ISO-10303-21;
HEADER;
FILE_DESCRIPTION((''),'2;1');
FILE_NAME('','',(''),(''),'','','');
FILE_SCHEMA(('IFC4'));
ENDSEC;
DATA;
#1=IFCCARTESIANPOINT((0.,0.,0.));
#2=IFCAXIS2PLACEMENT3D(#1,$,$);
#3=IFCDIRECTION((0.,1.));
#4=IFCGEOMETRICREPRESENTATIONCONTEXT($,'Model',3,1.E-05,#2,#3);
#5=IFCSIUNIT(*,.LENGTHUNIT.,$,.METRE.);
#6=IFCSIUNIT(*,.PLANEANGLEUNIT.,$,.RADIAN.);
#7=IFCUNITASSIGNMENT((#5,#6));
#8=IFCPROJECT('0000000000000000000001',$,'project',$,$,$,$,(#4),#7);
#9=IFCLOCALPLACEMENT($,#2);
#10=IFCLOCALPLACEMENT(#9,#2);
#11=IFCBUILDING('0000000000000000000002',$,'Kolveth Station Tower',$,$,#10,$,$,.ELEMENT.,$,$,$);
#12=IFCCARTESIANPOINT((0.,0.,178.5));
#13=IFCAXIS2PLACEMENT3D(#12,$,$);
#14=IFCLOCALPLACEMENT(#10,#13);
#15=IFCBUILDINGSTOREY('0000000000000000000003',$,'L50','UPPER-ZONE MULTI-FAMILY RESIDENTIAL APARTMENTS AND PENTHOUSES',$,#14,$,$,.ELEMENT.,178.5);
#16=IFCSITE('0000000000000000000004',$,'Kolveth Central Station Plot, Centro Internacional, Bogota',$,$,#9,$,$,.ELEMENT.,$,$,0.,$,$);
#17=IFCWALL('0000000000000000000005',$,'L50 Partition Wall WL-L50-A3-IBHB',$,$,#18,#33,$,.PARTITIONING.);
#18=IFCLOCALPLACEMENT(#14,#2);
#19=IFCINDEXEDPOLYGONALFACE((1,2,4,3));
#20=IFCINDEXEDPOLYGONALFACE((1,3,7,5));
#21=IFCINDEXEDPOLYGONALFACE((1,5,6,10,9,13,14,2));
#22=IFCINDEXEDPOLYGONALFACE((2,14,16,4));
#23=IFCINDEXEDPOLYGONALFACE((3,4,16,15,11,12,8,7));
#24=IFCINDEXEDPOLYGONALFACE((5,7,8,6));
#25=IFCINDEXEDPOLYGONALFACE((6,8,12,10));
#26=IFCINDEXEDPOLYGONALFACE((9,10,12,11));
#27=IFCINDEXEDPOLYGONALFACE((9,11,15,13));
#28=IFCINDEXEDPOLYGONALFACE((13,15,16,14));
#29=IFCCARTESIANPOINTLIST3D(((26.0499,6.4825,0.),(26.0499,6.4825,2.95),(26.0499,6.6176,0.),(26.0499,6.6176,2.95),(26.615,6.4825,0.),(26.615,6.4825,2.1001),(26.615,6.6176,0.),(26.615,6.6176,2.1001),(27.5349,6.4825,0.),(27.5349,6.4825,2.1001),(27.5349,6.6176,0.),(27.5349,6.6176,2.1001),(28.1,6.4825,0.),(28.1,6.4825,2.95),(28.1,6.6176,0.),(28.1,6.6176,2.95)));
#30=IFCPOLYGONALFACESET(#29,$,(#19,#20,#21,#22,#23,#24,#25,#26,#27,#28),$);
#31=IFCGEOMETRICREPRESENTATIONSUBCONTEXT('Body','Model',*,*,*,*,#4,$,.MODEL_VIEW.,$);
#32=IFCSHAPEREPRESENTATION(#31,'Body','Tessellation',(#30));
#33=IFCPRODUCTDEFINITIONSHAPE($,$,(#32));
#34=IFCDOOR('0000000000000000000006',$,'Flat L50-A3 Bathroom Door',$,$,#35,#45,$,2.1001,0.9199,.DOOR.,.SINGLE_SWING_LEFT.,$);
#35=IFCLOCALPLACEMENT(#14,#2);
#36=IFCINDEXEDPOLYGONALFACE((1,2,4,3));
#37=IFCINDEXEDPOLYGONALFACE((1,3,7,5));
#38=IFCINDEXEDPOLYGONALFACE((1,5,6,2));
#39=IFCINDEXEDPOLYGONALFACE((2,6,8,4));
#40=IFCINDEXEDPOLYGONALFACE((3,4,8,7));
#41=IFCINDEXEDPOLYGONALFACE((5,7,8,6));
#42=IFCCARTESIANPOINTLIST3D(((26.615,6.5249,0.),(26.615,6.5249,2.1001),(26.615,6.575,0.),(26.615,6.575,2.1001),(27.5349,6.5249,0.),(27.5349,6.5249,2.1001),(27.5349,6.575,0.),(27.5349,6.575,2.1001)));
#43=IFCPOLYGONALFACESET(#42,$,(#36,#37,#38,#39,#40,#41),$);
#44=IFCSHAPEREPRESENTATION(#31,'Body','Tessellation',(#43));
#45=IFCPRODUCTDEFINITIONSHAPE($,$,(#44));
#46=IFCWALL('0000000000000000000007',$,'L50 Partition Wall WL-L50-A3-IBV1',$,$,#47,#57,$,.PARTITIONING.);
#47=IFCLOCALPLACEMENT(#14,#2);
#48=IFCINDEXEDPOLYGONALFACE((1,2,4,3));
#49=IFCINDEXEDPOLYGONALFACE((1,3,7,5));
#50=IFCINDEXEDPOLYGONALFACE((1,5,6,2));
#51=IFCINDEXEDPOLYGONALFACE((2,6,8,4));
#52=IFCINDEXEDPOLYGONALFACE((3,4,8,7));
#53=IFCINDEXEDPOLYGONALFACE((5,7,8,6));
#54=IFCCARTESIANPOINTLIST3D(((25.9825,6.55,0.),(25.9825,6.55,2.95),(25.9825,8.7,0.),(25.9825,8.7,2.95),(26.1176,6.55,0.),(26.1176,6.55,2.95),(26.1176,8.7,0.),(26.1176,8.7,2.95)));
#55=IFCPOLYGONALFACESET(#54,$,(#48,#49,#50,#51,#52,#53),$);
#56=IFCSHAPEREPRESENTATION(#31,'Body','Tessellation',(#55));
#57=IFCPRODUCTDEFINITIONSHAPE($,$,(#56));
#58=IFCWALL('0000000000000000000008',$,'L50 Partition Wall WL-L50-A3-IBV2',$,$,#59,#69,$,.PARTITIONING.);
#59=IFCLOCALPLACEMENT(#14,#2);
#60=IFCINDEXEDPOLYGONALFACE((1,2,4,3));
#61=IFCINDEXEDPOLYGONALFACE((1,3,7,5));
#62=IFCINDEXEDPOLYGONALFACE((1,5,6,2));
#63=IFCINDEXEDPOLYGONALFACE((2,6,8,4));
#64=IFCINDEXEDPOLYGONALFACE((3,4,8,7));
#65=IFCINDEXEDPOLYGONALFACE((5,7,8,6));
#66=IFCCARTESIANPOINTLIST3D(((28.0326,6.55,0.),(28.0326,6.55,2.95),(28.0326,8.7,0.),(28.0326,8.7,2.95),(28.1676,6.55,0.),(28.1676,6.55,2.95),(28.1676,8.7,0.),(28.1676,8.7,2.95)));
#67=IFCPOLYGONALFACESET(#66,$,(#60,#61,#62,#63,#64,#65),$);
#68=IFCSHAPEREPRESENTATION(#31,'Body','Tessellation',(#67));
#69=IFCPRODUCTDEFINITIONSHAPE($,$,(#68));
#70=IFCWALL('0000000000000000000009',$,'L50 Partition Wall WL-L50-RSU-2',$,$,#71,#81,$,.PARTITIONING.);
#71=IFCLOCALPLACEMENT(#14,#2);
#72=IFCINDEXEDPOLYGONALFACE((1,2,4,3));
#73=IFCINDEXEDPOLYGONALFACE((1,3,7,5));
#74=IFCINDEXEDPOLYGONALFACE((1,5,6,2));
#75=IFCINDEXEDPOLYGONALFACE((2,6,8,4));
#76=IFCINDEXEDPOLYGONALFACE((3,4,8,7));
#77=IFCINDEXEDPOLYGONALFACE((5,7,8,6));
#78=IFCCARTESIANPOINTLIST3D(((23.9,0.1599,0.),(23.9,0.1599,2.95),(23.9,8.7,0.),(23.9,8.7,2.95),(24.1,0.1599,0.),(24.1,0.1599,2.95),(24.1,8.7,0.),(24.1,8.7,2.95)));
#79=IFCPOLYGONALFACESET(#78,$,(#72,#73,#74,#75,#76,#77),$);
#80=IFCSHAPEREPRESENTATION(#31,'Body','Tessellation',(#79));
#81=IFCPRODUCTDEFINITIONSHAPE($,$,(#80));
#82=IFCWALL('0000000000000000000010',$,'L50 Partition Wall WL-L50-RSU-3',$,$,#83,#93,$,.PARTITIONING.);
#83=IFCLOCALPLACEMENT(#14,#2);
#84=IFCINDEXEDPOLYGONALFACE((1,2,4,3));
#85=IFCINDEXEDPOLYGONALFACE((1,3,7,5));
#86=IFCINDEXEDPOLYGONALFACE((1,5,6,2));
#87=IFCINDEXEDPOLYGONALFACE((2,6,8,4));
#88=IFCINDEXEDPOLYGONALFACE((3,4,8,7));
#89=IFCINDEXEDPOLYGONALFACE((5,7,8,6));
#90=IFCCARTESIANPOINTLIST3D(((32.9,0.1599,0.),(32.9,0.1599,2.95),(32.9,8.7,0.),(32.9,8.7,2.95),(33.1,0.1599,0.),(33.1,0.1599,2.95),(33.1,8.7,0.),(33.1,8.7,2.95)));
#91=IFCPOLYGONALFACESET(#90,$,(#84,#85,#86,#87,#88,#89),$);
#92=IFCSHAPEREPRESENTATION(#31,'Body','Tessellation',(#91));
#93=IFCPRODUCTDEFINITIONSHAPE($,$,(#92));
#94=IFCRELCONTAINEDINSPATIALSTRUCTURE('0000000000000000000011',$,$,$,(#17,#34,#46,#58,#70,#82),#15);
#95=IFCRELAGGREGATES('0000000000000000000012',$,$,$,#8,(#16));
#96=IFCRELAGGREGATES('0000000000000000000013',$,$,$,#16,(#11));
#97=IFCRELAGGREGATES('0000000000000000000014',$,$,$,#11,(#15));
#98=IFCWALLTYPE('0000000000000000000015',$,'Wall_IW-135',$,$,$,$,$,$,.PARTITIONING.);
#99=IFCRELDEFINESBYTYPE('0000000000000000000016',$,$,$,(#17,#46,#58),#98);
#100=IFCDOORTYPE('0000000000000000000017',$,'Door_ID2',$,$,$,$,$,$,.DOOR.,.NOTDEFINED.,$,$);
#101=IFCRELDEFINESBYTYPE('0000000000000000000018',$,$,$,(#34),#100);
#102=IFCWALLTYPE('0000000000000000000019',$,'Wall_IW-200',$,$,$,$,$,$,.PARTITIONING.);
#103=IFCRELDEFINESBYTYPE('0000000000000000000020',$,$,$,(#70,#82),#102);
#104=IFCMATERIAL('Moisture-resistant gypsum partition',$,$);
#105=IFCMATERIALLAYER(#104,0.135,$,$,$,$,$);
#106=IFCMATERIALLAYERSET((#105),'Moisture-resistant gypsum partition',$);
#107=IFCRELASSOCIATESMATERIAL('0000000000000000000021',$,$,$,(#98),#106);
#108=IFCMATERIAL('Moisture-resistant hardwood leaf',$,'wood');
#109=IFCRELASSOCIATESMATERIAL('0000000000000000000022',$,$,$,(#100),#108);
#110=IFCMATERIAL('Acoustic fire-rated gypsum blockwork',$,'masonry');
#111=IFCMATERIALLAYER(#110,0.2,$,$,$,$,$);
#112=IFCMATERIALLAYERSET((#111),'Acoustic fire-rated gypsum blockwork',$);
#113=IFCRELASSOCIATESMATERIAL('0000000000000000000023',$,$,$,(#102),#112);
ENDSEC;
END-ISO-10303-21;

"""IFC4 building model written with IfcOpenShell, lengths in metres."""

from ifc_helpers import new_model, si_unit, direction, frame, frame_2d, origin, place, context, subcontext, project, spatial, rectangle, extrude, material, layer, layer_set, type_object, element, fill, save


model = new_model("IFC4")

# Units and contexts
model_context = context("Model", 3, precision=1e-05, world=origin(), true_north=direction((0.0, 1.0)))
body_context = subcontext(model_context, "Body", "Model", "MODEL_VIEW")
ifc_project = project(units=[si_unit("LENGTHUNIT", "METRE"), si_unit("PLANEANGLEUNIT", "RADIAN")], contexts=[model_context])

# Site, building, storey
site_placement = place(None, origin())
site = spatial("IfcSite", under=ifc_project, at=site_placement, Name="Kolveth Central Station Plot, Centro Internacional, Bogota", CompositionType="ELEMENT", RefElevation=0.0)
building_placement = place(site_placement, origin())
building = spatial("IfcBuilding", under=site, at=building_placement, Name="Kolveth Station Tower", CompositionType="ELEMENT")
storey_placement = place(building_placement, frame((0.0, 0.0, 178.5)))
storey = spatial("IfcBuildingStorey", under=building, at=storey_placement, Name="L50", Description="UPPER-ZONE MULTI-FAMILY RESIDENTIAL APARTMENTS AND PENTHOUSES", CompositionType="ELEMENT", Elevation=178.5)

# Shared definitions
ifc_material_1 = material(Name="Moisture-resistant gypsum partition")
ifc_layer_1 = layer(ifc_material_1, 0.135)
ifc_layer_set_1 = layer_set([ifc_layer_1], Name="Moisture-resistant gypsum partition")
wall_type_1 = type_object("IfcWallType", Name="Wall_IW-135", PredefinedType="PARTITIONING", material=ifc_layer_set_1)
ifc_material_2 = material(Name="Moisture-resistant hardwood leaf", Category="wood")
door_type_1 = type_object("IfcDoorType", Name="Door_ID2", OperationType="NOTDEFINED", PredefinedType="DOOR", material=ifc_material_2)

# Wall, opening, door
wall_1_placement = place(storey_placement, frame((26.05, 6.55, 0.0), z_axis=(0.0, 0.0, 1.0), x_axis=(1.0, 0.0, 0.0)))
wall_1 = element("IfcWall", 1, at=wall_1_placement, inside=storey, type_object=wall_type_1, Name="L50 Partition Wall WL-L50-A3-IBHB", PredefinedType="PARTITIONING", context=body_context, shape_type="SweptSolid", body=[
    extrude(rectangle(XDim=2.05, YDim=0.135, at=frame_2d((1.0249, 0.0))), origin(), (0.0, 0.0, 1.0), 2.95),
])
opening_1_placement = place(wall_1_placement, frame((0.5649, 0.0, 0.0)))
opening_1 = element("IfcOpeningElement", 2, at=opening_1_placement, cuts=wall_1, PredefinedType="OPENING", context=body_context, shape_type="SweptSolid", body=[
    extrude(rectangle(XDim=0.9199, YDim=2.1001, at=frame_2d((0.46, 1.05))), frame((0.0, 0.0774, 0.0), z_axis=(0.0, -1.0, 0.0), x_axis=(1.0, 0.0, 0.0)), (0.0, 0.0, 1.0), 0.155),
])
door_1_placement = place(opening_1_placement, origin())
door_1 = element("IfcDoor", 3, at=door_1_placement, inside=storey, type_object=door_type_1, Name="Flat L50-A3 Bathroom Door", OperationType="SINGLE_SWING_LEFT", OverallHeight=2.1001, OverallWidth=0.9199, PredefinedType="DOOR", context=body_context, shape_type="SweptSolid", body=[
    extrude(rectangle(XDim=0.9199, YDim=2.1001, at=frame_2d((0.46, 1.05))), frame((0.0, 0.0249, 0.0), z_axis=(0.0, -1.0, 0.0), x_axis=(1.0, 0.0, 0.0)), (0.0, 0.0, 1.0), 0.05),
])
fill(opening_1, door_1)

# Walls
for number, where, z_axis, x_axis, name in (
    (4, (26.05, 6.55, 0.0), (0.0, 0.0, 1.0), (0.0, 1.0, 0.0), "L50 Partition Wall WL-L50-A3-IBV1"),
    (5, (28.1001, 6.55, 0.0), (0.0, 0.0, 1.0), (0.0, 1.0, 0.0), "L50 Partition Wall WL-L50-A3-IBV2"),
):
    element("IfcWall", number, at=place(storey_placement, frame(where, z_axis=z_axis, x_axis=x_axis)), inside=storey, type_object=wall_type_1, Name=name, PredefinedType="PARTITIONING", context=body_context, shape_type="SweptSolid", body=[
        extrude(rectangle(XDim=2.1499, YDim=0.135, at=frame_2d((1.075, 0.0))), origin(), (0.0, 0.0, 1.0), 2.95),
    ])

# Walls
ifc_material_3 = material(Name="Acoustic fire-rated gypsum blockwork", Category="masonry")
ifc_layer_2 = layer(ifc_material_3, 0.2)
ifc_layer_set_2 = layer_set([ifc_layer_2], Name="Acoustic fire-rated gypsum blockwork")
wall_type_2 = type_object("IfcWallType", Name="Wall_IW-200", PredefinedType="PARTITIONING", material=ifc_layer_set_2)
for number, where, z_axis, x_axis, name in (
    (6, (24.0, 0.1599, 0.0), (0.0, 0.0, 1.0), (0.0, 1.0, 0.0), "L50 Partition Wall WL-L50-RSU-2"),
    (7, (33.0, 0.1599, 0.0), (0.0, 0.0, 1.0), (0.0, 1.0, 0.0), "L50 Partition Wall WL-L50-RSU-3"),
):
    element("IfcWall", number, at=place(storey_placement, frame(where, z_axis=z_axis, x_axis=x_axis)), inside=storey, type_object=wall_type_2, Name=name, PredefinedType="PARTITIONING", context=body_context, shape_type="SweptSolid", body=[
        extrude(rectangle(XDim=8.54, YDim=0.2, at=frame_2d((4.27, 0.0))), origin(), (0.0, 0.0, 1.0), 2.95),
    ])

save(model, "model.ifc")
